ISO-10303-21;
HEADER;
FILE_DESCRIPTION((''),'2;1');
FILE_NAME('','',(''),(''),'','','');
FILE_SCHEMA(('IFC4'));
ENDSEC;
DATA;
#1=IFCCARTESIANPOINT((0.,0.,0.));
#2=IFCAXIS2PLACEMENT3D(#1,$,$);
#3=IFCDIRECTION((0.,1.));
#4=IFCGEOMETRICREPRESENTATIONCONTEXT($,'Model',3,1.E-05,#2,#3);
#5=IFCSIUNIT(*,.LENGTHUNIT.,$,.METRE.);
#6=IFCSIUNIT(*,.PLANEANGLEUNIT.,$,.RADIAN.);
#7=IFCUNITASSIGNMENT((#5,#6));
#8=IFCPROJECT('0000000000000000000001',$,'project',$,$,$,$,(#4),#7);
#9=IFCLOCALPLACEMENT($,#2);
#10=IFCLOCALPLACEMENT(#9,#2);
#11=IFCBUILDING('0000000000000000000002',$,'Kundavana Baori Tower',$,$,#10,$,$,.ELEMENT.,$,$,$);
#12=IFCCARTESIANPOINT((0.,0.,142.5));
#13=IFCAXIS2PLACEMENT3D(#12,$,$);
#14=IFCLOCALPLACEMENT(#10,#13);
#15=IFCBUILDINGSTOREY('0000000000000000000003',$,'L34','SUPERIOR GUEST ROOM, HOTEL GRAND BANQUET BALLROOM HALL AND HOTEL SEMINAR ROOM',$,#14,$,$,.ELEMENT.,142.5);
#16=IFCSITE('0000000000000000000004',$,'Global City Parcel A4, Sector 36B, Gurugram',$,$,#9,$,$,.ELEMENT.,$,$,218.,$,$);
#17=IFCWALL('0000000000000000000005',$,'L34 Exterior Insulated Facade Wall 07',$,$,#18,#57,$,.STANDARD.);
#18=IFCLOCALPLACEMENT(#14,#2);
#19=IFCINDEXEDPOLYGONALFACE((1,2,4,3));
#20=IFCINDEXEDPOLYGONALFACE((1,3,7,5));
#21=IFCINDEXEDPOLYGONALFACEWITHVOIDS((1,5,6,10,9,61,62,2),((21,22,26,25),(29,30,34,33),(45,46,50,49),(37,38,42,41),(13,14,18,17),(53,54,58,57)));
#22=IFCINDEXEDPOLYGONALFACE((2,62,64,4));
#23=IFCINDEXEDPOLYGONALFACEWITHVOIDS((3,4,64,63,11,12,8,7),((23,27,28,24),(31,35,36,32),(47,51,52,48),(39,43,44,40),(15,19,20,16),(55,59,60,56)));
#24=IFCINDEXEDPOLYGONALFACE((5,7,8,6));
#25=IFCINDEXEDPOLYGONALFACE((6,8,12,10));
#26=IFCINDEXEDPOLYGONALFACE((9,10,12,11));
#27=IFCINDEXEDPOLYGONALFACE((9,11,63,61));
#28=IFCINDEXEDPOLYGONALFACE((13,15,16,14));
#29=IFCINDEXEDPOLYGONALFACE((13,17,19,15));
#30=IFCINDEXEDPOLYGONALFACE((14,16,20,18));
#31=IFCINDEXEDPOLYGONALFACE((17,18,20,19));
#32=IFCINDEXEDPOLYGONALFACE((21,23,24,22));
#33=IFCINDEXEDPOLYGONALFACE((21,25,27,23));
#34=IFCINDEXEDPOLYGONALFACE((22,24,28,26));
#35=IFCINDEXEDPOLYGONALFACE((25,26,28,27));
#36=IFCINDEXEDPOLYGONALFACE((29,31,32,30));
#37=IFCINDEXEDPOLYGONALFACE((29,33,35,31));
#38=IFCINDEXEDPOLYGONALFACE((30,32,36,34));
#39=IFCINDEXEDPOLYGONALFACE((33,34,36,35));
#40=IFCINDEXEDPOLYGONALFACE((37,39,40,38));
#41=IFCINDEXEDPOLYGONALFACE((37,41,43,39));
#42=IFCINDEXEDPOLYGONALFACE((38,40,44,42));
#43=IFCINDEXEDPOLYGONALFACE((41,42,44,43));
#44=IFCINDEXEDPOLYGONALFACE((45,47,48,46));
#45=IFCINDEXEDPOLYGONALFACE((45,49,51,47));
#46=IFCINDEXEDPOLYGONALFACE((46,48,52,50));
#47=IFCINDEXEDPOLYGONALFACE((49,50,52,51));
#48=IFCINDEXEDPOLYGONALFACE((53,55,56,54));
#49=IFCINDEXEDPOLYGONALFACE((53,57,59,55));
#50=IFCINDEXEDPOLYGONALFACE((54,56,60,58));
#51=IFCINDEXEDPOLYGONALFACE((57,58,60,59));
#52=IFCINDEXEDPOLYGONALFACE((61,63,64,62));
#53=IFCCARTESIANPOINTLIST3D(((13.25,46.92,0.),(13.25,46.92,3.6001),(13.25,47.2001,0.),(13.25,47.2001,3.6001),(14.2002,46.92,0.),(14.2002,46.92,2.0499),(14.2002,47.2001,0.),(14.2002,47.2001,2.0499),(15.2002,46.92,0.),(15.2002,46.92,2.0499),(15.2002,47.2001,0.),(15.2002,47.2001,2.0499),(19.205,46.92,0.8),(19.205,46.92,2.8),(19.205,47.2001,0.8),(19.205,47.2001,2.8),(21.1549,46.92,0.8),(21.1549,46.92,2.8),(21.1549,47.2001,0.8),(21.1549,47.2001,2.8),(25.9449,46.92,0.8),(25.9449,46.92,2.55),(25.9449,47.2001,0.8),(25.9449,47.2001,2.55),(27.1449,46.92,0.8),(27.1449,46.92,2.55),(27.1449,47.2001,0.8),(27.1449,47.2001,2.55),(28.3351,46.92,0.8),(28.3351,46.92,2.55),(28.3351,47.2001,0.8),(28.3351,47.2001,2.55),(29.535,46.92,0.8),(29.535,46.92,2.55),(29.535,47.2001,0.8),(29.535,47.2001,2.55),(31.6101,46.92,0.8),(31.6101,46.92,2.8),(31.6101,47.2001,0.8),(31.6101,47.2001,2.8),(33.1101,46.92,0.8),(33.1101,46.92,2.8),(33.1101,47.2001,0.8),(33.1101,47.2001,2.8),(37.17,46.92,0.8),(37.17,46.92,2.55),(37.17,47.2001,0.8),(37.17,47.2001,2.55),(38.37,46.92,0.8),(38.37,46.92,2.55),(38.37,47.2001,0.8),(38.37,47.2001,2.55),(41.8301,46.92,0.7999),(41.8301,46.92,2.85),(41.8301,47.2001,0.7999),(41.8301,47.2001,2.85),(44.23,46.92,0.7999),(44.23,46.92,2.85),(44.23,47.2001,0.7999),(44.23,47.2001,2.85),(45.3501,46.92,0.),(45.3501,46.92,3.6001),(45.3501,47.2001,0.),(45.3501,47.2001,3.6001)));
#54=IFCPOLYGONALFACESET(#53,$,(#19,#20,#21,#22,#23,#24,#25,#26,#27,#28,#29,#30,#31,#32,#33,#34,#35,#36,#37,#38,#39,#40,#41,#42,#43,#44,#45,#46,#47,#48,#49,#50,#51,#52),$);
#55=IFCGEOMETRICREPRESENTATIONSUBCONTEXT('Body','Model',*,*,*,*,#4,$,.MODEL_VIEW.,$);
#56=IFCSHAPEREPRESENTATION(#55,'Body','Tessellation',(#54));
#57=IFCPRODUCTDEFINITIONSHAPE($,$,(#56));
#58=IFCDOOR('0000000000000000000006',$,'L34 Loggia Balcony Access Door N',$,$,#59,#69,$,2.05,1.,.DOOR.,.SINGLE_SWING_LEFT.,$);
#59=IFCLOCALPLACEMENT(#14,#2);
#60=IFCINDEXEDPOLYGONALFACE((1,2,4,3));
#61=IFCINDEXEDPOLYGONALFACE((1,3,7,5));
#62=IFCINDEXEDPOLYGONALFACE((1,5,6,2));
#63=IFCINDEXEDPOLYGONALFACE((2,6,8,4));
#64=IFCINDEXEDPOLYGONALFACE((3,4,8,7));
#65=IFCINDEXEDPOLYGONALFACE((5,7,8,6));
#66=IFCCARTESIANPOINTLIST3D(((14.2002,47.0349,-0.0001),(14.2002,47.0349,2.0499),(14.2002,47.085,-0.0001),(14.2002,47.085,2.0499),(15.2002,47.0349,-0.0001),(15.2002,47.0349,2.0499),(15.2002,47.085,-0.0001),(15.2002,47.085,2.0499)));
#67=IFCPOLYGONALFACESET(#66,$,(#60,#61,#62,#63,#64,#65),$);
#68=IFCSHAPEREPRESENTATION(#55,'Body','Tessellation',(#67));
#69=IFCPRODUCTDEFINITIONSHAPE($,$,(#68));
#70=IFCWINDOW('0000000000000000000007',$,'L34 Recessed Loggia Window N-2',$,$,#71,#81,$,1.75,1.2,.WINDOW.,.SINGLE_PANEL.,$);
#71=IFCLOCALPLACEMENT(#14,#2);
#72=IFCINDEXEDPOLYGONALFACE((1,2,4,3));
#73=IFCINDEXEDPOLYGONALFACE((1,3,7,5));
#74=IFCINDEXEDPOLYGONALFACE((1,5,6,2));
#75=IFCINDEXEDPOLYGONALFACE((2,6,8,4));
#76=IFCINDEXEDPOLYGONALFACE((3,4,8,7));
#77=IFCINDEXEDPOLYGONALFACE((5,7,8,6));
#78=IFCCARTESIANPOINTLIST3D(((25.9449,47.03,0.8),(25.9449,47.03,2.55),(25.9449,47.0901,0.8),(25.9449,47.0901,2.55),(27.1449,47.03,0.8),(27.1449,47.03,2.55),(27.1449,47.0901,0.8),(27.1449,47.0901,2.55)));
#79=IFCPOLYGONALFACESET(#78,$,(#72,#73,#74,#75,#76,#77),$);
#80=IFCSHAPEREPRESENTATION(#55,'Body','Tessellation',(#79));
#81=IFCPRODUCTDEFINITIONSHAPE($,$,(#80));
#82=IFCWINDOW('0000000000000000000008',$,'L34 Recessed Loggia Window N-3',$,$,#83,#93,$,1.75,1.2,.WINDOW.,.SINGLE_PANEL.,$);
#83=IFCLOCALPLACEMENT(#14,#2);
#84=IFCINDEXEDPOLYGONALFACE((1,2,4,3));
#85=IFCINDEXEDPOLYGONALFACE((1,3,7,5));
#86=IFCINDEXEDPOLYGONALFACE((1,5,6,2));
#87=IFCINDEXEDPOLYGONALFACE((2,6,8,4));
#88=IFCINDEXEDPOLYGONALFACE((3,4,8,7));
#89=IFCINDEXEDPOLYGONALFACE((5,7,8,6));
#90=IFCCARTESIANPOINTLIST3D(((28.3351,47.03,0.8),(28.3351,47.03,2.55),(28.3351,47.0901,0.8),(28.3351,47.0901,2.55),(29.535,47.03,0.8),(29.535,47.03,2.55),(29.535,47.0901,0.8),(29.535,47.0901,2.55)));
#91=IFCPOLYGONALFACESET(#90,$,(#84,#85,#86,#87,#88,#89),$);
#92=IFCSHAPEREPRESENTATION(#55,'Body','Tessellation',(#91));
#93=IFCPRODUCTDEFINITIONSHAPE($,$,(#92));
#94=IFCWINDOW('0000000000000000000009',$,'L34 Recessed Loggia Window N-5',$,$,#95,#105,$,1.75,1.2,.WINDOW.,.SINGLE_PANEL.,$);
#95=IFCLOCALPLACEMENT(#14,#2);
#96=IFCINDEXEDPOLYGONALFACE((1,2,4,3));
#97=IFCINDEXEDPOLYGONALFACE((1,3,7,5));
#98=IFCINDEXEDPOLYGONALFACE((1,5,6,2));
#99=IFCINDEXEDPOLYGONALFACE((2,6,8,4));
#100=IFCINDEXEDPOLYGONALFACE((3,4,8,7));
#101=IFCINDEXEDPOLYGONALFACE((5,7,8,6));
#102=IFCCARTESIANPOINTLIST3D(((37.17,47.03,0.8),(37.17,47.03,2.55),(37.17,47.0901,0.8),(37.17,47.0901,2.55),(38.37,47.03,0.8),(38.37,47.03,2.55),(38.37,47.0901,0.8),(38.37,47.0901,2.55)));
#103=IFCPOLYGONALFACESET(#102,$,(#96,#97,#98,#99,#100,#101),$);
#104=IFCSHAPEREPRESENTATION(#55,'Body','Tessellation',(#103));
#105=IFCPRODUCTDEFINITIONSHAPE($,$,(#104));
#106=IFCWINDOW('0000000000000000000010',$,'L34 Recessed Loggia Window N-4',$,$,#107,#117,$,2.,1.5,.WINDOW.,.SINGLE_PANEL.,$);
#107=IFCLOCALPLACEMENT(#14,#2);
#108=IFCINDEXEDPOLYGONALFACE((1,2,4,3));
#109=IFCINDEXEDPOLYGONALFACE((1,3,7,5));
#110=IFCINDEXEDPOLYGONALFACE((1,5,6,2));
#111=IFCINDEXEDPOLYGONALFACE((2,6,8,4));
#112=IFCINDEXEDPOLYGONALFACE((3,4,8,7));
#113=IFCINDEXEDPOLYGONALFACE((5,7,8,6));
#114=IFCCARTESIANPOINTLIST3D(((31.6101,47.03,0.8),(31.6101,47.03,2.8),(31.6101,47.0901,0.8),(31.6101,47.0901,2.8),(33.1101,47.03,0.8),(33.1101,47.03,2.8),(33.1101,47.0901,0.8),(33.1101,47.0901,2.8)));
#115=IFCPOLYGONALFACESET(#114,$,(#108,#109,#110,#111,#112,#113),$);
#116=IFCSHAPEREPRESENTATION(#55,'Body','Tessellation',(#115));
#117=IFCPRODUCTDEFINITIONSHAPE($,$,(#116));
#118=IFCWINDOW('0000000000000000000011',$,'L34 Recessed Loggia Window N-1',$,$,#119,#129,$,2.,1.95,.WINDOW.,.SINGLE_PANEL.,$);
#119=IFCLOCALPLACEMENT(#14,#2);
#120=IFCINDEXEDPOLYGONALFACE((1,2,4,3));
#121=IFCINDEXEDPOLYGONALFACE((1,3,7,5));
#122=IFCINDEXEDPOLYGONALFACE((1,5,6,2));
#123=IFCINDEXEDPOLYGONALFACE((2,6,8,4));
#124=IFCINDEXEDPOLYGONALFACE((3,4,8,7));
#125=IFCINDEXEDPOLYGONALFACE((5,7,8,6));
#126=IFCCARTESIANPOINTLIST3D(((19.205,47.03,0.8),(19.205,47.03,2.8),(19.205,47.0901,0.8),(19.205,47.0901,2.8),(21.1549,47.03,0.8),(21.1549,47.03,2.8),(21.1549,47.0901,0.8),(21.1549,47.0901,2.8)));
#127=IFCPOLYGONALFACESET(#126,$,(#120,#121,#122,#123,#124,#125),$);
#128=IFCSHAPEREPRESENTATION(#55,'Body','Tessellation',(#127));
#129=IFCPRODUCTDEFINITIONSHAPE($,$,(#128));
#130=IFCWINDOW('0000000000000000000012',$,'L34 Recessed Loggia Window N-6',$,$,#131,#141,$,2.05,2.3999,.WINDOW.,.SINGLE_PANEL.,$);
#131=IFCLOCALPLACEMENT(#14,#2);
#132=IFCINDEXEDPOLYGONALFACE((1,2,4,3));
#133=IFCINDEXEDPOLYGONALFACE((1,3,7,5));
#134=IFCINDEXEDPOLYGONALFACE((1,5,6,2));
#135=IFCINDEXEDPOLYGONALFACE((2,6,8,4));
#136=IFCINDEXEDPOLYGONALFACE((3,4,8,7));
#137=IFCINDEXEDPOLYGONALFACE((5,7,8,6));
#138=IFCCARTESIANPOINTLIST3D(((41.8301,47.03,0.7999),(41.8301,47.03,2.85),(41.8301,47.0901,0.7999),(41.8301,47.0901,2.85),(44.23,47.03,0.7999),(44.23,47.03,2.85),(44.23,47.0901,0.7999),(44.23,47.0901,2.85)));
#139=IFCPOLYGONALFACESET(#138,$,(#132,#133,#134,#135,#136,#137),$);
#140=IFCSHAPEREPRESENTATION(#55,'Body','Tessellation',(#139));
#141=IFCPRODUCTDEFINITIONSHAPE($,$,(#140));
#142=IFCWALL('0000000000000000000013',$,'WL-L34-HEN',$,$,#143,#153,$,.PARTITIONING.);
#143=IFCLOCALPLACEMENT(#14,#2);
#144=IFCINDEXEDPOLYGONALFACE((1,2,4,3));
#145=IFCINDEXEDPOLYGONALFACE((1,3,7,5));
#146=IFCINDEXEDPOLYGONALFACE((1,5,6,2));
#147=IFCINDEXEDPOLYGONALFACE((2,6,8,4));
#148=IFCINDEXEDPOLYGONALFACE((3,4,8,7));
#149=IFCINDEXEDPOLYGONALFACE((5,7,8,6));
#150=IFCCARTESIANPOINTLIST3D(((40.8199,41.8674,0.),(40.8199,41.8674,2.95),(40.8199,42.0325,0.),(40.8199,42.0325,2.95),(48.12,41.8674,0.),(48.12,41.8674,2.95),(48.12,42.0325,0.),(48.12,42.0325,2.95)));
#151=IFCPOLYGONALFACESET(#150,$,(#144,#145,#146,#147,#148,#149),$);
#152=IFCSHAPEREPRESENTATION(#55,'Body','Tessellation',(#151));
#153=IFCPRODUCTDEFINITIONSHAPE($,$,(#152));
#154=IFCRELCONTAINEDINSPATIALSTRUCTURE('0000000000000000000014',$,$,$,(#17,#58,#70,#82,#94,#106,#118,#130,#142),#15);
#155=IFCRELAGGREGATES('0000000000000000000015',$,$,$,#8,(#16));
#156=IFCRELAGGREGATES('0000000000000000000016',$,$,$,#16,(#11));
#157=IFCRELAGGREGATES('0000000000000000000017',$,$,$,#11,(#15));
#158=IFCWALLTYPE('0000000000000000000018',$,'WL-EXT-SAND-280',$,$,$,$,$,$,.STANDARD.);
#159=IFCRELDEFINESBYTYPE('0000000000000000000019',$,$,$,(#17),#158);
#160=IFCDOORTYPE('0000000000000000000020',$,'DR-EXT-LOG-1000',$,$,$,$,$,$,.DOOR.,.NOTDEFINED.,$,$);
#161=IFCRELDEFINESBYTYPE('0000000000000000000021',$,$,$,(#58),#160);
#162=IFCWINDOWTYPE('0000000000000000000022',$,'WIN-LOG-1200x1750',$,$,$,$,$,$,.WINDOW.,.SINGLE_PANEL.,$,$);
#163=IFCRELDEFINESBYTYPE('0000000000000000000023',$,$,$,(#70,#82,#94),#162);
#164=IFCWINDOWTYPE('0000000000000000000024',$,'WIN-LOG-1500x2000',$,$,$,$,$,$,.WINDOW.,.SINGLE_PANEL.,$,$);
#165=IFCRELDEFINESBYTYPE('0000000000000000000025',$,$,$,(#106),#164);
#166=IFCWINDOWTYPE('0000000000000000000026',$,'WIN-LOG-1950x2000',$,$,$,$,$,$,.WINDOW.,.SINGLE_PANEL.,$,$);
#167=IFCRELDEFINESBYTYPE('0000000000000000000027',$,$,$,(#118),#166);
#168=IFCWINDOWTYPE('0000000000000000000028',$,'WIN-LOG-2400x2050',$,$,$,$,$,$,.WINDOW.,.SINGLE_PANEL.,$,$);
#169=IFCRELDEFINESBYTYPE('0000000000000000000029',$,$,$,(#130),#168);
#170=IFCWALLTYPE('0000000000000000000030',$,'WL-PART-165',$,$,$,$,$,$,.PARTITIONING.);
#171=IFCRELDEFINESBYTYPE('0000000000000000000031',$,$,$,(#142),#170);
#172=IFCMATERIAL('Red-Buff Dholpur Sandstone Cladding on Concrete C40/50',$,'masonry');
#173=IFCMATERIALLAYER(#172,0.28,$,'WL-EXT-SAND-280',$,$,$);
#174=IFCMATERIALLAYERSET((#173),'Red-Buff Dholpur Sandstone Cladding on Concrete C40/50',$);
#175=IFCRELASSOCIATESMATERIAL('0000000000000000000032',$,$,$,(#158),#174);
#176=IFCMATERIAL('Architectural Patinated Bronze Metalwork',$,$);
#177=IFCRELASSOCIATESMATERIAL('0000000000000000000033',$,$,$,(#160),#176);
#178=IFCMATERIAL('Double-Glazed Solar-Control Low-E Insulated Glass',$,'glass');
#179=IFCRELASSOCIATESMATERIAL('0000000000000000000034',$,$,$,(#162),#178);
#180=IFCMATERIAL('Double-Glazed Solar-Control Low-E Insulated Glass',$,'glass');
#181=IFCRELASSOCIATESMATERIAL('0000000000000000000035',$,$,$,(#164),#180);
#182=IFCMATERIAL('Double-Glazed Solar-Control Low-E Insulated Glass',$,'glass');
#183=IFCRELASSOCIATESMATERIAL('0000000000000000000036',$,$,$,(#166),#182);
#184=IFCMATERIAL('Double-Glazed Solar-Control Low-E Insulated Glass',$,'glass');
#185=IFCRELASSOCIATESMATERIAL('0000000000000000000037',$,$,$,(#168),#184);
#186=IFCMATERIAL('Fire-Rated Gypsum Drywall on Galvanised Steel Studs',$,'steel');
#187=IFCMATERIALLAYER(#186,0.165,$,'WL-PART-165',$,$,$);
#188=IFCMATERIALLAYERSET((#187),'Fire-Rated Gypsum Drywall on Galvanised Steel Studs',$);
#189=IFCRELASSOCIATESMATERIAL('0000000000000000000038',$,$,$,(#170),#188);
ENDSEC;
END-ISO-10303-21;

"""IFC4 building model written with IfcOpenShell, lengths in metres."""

from ifc_helpers import new_model, si_unit, direction, frame, frame_2d, origin, place, context, subcontext, project, spatial, rectangle, extrude, material, layer, layer_set, type_object, element, fill, save


model = new_model("IFC4")

# Units and contexts
model_context = context("Model", 3, precision=1e-05, world=origin(), true_north=direction((0.0, 1.0)))
body_context = subcontext(model_context, "Body", "Model", "MODEL_VIEW")
ifc_project = project(units=[si_unit("LENGTHUNIT", "METRE"), si_unit("PLANEANGLEUNIT", "RADIAN")], contexts=[model_context])

# Site, building, storey
site_placement = place(None, origin())
site = spatial("IfcSite", under=ifc_project, at=site_placement, Name="Global City Parcel A4, Sector 36B, Gurugram", CompositionType="ELEMENT", RefElevation=218.0)
building_placement = place(site_placement, origin())
building = spatial("IfcBuilding", under=site, at=building_placement, Name="Kundavana Baori Tower", CompositionType="ELEMENT")
storey_placement = place(building_placement, frame((0.0, 0.0, 142.5)))
storey = spatial("IfcBuildingStorey", under=building, at=storey_placement, Name="L34", Description="SUPERIOR GUEST ROOM, HOTEL GRAND BANQUET BALLROOM HALL AND HOTEL SEMINAR ROOM", CompositionType="ELEMENT", Elevation=142.5)

# Shared definitions
ifc_material_1 = material(Name="Red-Buff Dholpur Sandstone Cladding on Concrete C40/50", Category="masonry")
ifc_layer_1 = layer(ifc_material_1, 0.28, Name="WL-EXT-SAND-280")
ifc_layer_set_1 = layer_set([ifc_layer_1], Name="Red-Buff Dholpur Sandstone Cladding on Concrete C40/50")
wall_type_1 = type_object("IfcWallType", Name="WL-EXT-SAND-280", PredefinedType="STANDARD", material=ifc_layer_set_1)

# Wall, openings, door, windows
wall_1_placement = place(storey_placement, frame((45.3501, 47.0601, 0.0), z_axis=(0.0, 0.0, 1.0), x_axis=(-1.0, 0.0, 0.0)))
wall_1 = element("IfcWall", 1, at=wall_1_placement, inside=storey, type_object=wall_type_1, Name="L34 Exterior Insulated Facade Wall 07", PredefinedType="STANDARD", context=body_context, shape_type="SweptSolid", body=[
    extrude(rectangle(XDim=32.1001, YDim=0.28, at=frame_2d((16.05, 0.0))), origin(), (0.0, 0.0, 1.0), 3.6001),
])
opening_1_placement = place(wall_1_placement, frame((30.1499, 0.0, 0.0)))
opening_1 = element("IfcOpeningElement", 2, at=opening_1_placement, cuts=wall_1, PredefinedType="OPENING", context=body_context, shape_type="SweptSolid", body=[
    extrude(rectangle(XDim=1.0, YDim=2.05, at=frame_2d((0.5, 1.0249))), frame((0.0, 0.1499, 0.0), z_axis=(0.0, -1.0, 0.0), x_axis=(1.0, 0.0, 0.0)), (0.0, 0.0, 1.0), 0.3),
])
opening_2_placement = place(wall_1_placement, frame((24.1951, 0.0, 0.8)))
opening_2 = element("IfcOpeningElement", 3, at=opening_2_placement, cuts=wall_1, PredefinedType="OPENING", context=body_context, shape_type="SweptSolid", body=[
    extrude(rectangle(XDim=1.95, YDim=2.0, at=frame_2d((0.9751, 1.0))), frame((0.0, 0.1499, 0.0), z_axis=(0.0, -1.0, 0.0), x_axis=(1.0, 0.0, 0.0)), (0.0, 0.0, 1.0), 0.3),
])
opening_3_placement = place(wall_1_placement, frame((18.2051, 0.0, 0.8)))
opening_3 = element("IfcOpeningElement", 4, at=opening_3_placement, cuts=wall_1, PredefinedType="OPENING", context=body_context, shape_type="SweptSolid", body=[
    extrude(rectangle(XDim=1.2, YDim=1.75, at=frame_2d((0.6001, 0.875))), frame((0.0, 0.1499, 0.0), z_axis=(0.0, -1.0, 0.0), x_axis=(1.0, 0.0, 0.0)), (0.0, 0.0, 1.0), 0.3),
])
opening_4_placement = place(wall_1_placement, frame((15.8149, 0.0, 0.8)))
opening_4 = element("IfcOpeningElement", 5, at=opening_4_placement, cuts=wall_1, PredefinedType="OPENING", context=body_context, shape_type="SweptSolid", body=[
    extrude(rectangle(XDim=1.2, YDim=1.75, at=frame_2d((0.6001, 0.875))), frame((0.0, 0.1499, 0.0), z_axis=(0.0, -1.0, 0.0), x_axis=(1.0, 0.0, 0.0)), (0.0, 0.0, 1.0), 0.3),
])
opening_5_placement = place(wall_1_placement, frame((12.24, 0.0, 0.8)))
opening_5 = element("IfcOpeningElement", 6, at=opening_5_placement, cuts=wall_1, PredefinedType="OPENING", context=body_context, shape_type="SweptSolid", body=[
    extrude(rectangle(XDim=1.5, YDim=2.0, at=frame_2d((0.75, 1.0))), frame((0.0, 0.1499, 0.0), z_axis=(0.0, -1.0, 0.0), x_axis=(1.0, 0.0, 0.0)), (0.0, 0.0, 1.0), 0.3),
])
opening_6_placement = place(wall_1_placement, frame((6.98, 0.0, 0.8)))
opening_6 = element("IfcOpeningElement", 7, at=opening_6_placement, cuts=wall_1, PredefinedType="OPENING", context=body_context, shape_type="SweptSolid", body=[
    extrude(rectangle(XDim=1.2, YDim=1.75, at=frame_2d((0.6001, 0.875))), frame((0.0, 0.1499, 0.0), z_axis=(0.0, -1.0, 0.0), x_axis=(1.0, 0.0, 0.0)), (0.0, 0.0, 1.0), 0.3),
])
opening_7_placement = place(wall_1_placement, frame((1.1201, 0.0, 0.8)))
opening_7 = element("IfcOpeningElement", 8, at=opening_7_placement, cuts=wall_1, PredefinedType="OPENING", context=body_context, shape_type="SweptSolid", body=[
    extrude(rectangle(XDim=2.3999, YDim=2.05, at=frame_2d((1.2, 1.0249))), frame((0.0, 0.1499, 0.0), z_axis=(0.0, -1.0, 0.0), x_axis=(1.0, 0.0, 0.0)), (0.0, 0.0, 1.0), 0.3),
])
ifc_material_2 = material(Name="Architectural Patinated Bronze Metalwork")
door_type_1 = type_object("IfcDoorType", Name="DR-EXT-LOG-1000", OperationType="NOTDEFINED", PredefinedType="DOOR", material=ifc_material_2)
door_1_placement = place(opening_1_placement, frame((1.0, 0.0, 0.0), z_axis=(0.0, 0.0, 1.0), x_axis=(-1.0, 0.0, 0.0)))
door_1 = element("IfcDoor", 9, at=door_1_placement, inside=storey, type_object=door_type_1, Name="L34 Loggia Balcony Access Door N", OperationType="SINGLE_SWING_LEFT", OverallHeight=2.05, OverallWidth=1.0, PredefinedType="DOOR", context=body_context, shape_type="SweptSolid", body=[
    extrude(rectangle(XDim=1.0, YDim=2.05, at=frame_2d((0.5, 1.0249))), frame((0.0, 0.0249, 0.0), z_axis=(0.0, -1.0, 0.0), x_axis=(1.0, 0.0, 0.0)), (0.0, 0.0, 1.0), 0.05),
])
fill(opening_1, door_1)
ifc_material_3 = material(Name="Double-Glazed Solar-Control Low-E Insulated Glass", Category="glass")
window_type_1 = type_object("IfcWindowType", Name="WIN-LOG-1200x1750", PartitioningType="SINGLE_PANEL", PredefinedType="WINDOW", material=ifc_material_3)
window_1_placement = place(opening_3_placement, origin())
window_1 = element("IfcWindow", 10, at=window_1_placement, inside=storey, type_object=window_type_1, Name="L34 Recessed Loggia Window N-2", OverallHeight=1.75, OverallWidth=1.2, PartitioningType="SINGLE_PANEL", PredefinedType="WINDOW", context=body_context, shape_type="SweptSolid", body=[
    extrude(rectangle(XDim=1.2, YDim=1.75, at=frame_2d((0.6001, 0.875))), frame((0.0, 0.03, 0.0), z_axis=(0.0, -1.0, 0.0), x_axis=(1.0, 0.0, 0.0)), (0.0, 0.0, 1.0), 0.0601),
])
fill(opening_3, window_1)
window_2_placement = place(opening_4_placement, origin())
window_2 = element("IfcWindow", 11, at=window_2_placement, inside=storey, type_object=window_type_1, Name="L34 Recessed Loggia Window N-3", OverallHeight=1.75, OverallWidth=1.2, PartitioningType="SINGLE_PANEL", PredefinedType="WINDOW", context=body_context, shape_type="SweptSolid", body=[
    extrude(rectangle(XDim=1.2, YDim=1.75, at=frame_2d((0.6001, 0.875))), frame((0.0, 0.03, 0.0), z_axis=(0.0, -1.0, 0.0), x_axis=(1.0, 0.0, 0.0)), (0.0, 0.0, 1.0), 0.0601),
])
fill(opening_4, window_2)
window_3_placement = place(opening_6_placement, origin())
window_3 = element("IfcWindow", 12, at=window_3_placement, inside=storey, type_object=window_type_1, Name="L34 Recessed Loggia Window N-5", OverallHeight=1.75, OverallWidth=1.2, PartitioningType="SINGLE_PANEL", PredefinedType="WINDOW", context=body_context, shape_type="SweptSolid", body=[
    extrude(rectangle(XDim=1.2, YDim=1.75, at=frame_2d((0.6001, 0.875))), frame((0.0, 0.03, 0.0), z_axis=(0.0, -1.0, 0.0), x_axis=(1.0, 0.0, 0.0)), (0.0, 0.0, 1.0), 0.0601),
])
fill(opening_6, window_3)
ifc_material_4 = material(Name="Double-Glazed Solar-Control Low-E Insulated Glass", Category="glass")
window_type_2 = type_object("IfcWindowType", Name="WIN-LOG-1500x2000", PartitioningType="SINGLE_PANEL", PredefinedType="WINDOW", material=ifc_material_4)
window_4_placement = place(opening_5_placement, origin())
window_4 = element("IfcWindow", 13, at=window_4_placement, inside=storey, type_object=window_type_2, Name="L34 Recessed Loggia Window N-4", OverallHeight=2.0, OverallWidth=1.5, PartitioningType="SINGLE_PANEL", PredefinedType="WINDOW", context=body_context, shape_type="SweptSolid", body=[
    extrude(rectangle(XDim=1.5, YDim=2.0, at=frame_2d((0.75, 1.0))), frame((0.0, 0.03, 0.0), z_axis=(0.0, -1.0, 0.0), x_axis=(1.0, 0.0, 0.0)), (0.0, 0.0, 1.0), 0.0601),
])
fill(opening_5, window_4)
ifc_material_5 = material(Name="Double-Glazed Solar-Control Low-E Insulated Glass", Category="glass")
window_type_3 = type_object("IfcWindowType", Name="WIN-LOG-1950x2000", PartitioningType="SINGLE_PANEL", PredefinedType="WINDOW", material=ifc_material_5)
window_5_placement = place(opening_2_placement, origin())
window_5 = element("IfcWindow", 14, at=window_5_placement, inside=storey, type_object=window_type_3, Name="L34 Recessed Loggia Window N-1", OverallHeight=2.0, OverallWidth=1.95, PartitioningType="SINGLE_PANEL", PredefinedType="WINDOW", context=body_context, shape_type="SweptSolid", body=[
    extrude(rectangle(XDim=1.95, YDim=2.0, at=frame_2d((0.9751, 1.0))), frame((0.0, 0.03, 0.0), z_axis=(0.0, -1.0, 0.0), x_axis=(1.0, 0.0, 0.0)), (0.0, 0.0, 1.0), 0.0601),
])
fill(opening_2, window_5)
ifc_material_6 = material(Name="Double-Glazed Solar-Control Low-E Insulated Glass", Category="glass")
window_type_4 = type_object("IfcWindowType", Name="WIN-LOG-2400x2050", PartitioningType="SINGLE_PANEL", PredefinedType="WINDOW", material=ifc_material_6)
window_6_placement = place(opening_7_placement, origin())
window_6 = element("IfcWindow", 15, at=window_6_placement, inside=storey, type_object=window_type_4, Name="L34 Recessed Loggia Window N-6", OverallHeight=2.05, OverallWidth=2.3999, PartitioningType="SINGLE_PANEL", PredefinedType="WINDOW", context=body_context, shape_type="SweptSolid", body=[
    extrude(rectangle(XDim=2.3999, YDim=2.05, at=frame_2d((1.2, 1.0249))), frame((0.0, 0.03, 0.0), z_axis=(0.0, -1.0, 0.0), x_axis=(1.0, 0.0, 0.0)), (0.0, 0.0, 1.0), 0.0601),
])
fill(opening_7, window_6)

# Wall
ifc_material_7 = material(Name="Fire-Rated Gypsum Drywall on Galvanised Steel Studs", Category="steel")
ifc_layer_2 = layer(ifc_material_7, 0.165, Name="WL-PART-165")
ifc_layer_set_2 = layer_set([ifc_layer_2], Name="Fire-Rated Gypsum Drywall on Galvanised Steel Studs")
wall_type_2 = type_object("IfcWallType", Name="WL-PART-165", PredefinedType="PARTITIONING", material=ifc_layer_set_2)
wall_2_placement = place(storey_placement, frame((40.8201, 41.95, 0.0), z_axis=(0.0, 0.0, 1.0), x_axis=(1.0, 0.0, 0.0)))
element("IfcWall", 16, at=wall_2_placement, inside=storey, type_object=wall_type_2, Name="WL-L34-HEN", PredefinedType="PARTITIONING", context=body_context, shape_type="SweptSolid", body=[
    extrude(rectangle(XDim=7.3, YDim=0.165, at=frame_2d((3.6499, 0.0))), origin(), (0.0, 0.0, 1.0), 2.95),
])

save(model, "model.ifc")
